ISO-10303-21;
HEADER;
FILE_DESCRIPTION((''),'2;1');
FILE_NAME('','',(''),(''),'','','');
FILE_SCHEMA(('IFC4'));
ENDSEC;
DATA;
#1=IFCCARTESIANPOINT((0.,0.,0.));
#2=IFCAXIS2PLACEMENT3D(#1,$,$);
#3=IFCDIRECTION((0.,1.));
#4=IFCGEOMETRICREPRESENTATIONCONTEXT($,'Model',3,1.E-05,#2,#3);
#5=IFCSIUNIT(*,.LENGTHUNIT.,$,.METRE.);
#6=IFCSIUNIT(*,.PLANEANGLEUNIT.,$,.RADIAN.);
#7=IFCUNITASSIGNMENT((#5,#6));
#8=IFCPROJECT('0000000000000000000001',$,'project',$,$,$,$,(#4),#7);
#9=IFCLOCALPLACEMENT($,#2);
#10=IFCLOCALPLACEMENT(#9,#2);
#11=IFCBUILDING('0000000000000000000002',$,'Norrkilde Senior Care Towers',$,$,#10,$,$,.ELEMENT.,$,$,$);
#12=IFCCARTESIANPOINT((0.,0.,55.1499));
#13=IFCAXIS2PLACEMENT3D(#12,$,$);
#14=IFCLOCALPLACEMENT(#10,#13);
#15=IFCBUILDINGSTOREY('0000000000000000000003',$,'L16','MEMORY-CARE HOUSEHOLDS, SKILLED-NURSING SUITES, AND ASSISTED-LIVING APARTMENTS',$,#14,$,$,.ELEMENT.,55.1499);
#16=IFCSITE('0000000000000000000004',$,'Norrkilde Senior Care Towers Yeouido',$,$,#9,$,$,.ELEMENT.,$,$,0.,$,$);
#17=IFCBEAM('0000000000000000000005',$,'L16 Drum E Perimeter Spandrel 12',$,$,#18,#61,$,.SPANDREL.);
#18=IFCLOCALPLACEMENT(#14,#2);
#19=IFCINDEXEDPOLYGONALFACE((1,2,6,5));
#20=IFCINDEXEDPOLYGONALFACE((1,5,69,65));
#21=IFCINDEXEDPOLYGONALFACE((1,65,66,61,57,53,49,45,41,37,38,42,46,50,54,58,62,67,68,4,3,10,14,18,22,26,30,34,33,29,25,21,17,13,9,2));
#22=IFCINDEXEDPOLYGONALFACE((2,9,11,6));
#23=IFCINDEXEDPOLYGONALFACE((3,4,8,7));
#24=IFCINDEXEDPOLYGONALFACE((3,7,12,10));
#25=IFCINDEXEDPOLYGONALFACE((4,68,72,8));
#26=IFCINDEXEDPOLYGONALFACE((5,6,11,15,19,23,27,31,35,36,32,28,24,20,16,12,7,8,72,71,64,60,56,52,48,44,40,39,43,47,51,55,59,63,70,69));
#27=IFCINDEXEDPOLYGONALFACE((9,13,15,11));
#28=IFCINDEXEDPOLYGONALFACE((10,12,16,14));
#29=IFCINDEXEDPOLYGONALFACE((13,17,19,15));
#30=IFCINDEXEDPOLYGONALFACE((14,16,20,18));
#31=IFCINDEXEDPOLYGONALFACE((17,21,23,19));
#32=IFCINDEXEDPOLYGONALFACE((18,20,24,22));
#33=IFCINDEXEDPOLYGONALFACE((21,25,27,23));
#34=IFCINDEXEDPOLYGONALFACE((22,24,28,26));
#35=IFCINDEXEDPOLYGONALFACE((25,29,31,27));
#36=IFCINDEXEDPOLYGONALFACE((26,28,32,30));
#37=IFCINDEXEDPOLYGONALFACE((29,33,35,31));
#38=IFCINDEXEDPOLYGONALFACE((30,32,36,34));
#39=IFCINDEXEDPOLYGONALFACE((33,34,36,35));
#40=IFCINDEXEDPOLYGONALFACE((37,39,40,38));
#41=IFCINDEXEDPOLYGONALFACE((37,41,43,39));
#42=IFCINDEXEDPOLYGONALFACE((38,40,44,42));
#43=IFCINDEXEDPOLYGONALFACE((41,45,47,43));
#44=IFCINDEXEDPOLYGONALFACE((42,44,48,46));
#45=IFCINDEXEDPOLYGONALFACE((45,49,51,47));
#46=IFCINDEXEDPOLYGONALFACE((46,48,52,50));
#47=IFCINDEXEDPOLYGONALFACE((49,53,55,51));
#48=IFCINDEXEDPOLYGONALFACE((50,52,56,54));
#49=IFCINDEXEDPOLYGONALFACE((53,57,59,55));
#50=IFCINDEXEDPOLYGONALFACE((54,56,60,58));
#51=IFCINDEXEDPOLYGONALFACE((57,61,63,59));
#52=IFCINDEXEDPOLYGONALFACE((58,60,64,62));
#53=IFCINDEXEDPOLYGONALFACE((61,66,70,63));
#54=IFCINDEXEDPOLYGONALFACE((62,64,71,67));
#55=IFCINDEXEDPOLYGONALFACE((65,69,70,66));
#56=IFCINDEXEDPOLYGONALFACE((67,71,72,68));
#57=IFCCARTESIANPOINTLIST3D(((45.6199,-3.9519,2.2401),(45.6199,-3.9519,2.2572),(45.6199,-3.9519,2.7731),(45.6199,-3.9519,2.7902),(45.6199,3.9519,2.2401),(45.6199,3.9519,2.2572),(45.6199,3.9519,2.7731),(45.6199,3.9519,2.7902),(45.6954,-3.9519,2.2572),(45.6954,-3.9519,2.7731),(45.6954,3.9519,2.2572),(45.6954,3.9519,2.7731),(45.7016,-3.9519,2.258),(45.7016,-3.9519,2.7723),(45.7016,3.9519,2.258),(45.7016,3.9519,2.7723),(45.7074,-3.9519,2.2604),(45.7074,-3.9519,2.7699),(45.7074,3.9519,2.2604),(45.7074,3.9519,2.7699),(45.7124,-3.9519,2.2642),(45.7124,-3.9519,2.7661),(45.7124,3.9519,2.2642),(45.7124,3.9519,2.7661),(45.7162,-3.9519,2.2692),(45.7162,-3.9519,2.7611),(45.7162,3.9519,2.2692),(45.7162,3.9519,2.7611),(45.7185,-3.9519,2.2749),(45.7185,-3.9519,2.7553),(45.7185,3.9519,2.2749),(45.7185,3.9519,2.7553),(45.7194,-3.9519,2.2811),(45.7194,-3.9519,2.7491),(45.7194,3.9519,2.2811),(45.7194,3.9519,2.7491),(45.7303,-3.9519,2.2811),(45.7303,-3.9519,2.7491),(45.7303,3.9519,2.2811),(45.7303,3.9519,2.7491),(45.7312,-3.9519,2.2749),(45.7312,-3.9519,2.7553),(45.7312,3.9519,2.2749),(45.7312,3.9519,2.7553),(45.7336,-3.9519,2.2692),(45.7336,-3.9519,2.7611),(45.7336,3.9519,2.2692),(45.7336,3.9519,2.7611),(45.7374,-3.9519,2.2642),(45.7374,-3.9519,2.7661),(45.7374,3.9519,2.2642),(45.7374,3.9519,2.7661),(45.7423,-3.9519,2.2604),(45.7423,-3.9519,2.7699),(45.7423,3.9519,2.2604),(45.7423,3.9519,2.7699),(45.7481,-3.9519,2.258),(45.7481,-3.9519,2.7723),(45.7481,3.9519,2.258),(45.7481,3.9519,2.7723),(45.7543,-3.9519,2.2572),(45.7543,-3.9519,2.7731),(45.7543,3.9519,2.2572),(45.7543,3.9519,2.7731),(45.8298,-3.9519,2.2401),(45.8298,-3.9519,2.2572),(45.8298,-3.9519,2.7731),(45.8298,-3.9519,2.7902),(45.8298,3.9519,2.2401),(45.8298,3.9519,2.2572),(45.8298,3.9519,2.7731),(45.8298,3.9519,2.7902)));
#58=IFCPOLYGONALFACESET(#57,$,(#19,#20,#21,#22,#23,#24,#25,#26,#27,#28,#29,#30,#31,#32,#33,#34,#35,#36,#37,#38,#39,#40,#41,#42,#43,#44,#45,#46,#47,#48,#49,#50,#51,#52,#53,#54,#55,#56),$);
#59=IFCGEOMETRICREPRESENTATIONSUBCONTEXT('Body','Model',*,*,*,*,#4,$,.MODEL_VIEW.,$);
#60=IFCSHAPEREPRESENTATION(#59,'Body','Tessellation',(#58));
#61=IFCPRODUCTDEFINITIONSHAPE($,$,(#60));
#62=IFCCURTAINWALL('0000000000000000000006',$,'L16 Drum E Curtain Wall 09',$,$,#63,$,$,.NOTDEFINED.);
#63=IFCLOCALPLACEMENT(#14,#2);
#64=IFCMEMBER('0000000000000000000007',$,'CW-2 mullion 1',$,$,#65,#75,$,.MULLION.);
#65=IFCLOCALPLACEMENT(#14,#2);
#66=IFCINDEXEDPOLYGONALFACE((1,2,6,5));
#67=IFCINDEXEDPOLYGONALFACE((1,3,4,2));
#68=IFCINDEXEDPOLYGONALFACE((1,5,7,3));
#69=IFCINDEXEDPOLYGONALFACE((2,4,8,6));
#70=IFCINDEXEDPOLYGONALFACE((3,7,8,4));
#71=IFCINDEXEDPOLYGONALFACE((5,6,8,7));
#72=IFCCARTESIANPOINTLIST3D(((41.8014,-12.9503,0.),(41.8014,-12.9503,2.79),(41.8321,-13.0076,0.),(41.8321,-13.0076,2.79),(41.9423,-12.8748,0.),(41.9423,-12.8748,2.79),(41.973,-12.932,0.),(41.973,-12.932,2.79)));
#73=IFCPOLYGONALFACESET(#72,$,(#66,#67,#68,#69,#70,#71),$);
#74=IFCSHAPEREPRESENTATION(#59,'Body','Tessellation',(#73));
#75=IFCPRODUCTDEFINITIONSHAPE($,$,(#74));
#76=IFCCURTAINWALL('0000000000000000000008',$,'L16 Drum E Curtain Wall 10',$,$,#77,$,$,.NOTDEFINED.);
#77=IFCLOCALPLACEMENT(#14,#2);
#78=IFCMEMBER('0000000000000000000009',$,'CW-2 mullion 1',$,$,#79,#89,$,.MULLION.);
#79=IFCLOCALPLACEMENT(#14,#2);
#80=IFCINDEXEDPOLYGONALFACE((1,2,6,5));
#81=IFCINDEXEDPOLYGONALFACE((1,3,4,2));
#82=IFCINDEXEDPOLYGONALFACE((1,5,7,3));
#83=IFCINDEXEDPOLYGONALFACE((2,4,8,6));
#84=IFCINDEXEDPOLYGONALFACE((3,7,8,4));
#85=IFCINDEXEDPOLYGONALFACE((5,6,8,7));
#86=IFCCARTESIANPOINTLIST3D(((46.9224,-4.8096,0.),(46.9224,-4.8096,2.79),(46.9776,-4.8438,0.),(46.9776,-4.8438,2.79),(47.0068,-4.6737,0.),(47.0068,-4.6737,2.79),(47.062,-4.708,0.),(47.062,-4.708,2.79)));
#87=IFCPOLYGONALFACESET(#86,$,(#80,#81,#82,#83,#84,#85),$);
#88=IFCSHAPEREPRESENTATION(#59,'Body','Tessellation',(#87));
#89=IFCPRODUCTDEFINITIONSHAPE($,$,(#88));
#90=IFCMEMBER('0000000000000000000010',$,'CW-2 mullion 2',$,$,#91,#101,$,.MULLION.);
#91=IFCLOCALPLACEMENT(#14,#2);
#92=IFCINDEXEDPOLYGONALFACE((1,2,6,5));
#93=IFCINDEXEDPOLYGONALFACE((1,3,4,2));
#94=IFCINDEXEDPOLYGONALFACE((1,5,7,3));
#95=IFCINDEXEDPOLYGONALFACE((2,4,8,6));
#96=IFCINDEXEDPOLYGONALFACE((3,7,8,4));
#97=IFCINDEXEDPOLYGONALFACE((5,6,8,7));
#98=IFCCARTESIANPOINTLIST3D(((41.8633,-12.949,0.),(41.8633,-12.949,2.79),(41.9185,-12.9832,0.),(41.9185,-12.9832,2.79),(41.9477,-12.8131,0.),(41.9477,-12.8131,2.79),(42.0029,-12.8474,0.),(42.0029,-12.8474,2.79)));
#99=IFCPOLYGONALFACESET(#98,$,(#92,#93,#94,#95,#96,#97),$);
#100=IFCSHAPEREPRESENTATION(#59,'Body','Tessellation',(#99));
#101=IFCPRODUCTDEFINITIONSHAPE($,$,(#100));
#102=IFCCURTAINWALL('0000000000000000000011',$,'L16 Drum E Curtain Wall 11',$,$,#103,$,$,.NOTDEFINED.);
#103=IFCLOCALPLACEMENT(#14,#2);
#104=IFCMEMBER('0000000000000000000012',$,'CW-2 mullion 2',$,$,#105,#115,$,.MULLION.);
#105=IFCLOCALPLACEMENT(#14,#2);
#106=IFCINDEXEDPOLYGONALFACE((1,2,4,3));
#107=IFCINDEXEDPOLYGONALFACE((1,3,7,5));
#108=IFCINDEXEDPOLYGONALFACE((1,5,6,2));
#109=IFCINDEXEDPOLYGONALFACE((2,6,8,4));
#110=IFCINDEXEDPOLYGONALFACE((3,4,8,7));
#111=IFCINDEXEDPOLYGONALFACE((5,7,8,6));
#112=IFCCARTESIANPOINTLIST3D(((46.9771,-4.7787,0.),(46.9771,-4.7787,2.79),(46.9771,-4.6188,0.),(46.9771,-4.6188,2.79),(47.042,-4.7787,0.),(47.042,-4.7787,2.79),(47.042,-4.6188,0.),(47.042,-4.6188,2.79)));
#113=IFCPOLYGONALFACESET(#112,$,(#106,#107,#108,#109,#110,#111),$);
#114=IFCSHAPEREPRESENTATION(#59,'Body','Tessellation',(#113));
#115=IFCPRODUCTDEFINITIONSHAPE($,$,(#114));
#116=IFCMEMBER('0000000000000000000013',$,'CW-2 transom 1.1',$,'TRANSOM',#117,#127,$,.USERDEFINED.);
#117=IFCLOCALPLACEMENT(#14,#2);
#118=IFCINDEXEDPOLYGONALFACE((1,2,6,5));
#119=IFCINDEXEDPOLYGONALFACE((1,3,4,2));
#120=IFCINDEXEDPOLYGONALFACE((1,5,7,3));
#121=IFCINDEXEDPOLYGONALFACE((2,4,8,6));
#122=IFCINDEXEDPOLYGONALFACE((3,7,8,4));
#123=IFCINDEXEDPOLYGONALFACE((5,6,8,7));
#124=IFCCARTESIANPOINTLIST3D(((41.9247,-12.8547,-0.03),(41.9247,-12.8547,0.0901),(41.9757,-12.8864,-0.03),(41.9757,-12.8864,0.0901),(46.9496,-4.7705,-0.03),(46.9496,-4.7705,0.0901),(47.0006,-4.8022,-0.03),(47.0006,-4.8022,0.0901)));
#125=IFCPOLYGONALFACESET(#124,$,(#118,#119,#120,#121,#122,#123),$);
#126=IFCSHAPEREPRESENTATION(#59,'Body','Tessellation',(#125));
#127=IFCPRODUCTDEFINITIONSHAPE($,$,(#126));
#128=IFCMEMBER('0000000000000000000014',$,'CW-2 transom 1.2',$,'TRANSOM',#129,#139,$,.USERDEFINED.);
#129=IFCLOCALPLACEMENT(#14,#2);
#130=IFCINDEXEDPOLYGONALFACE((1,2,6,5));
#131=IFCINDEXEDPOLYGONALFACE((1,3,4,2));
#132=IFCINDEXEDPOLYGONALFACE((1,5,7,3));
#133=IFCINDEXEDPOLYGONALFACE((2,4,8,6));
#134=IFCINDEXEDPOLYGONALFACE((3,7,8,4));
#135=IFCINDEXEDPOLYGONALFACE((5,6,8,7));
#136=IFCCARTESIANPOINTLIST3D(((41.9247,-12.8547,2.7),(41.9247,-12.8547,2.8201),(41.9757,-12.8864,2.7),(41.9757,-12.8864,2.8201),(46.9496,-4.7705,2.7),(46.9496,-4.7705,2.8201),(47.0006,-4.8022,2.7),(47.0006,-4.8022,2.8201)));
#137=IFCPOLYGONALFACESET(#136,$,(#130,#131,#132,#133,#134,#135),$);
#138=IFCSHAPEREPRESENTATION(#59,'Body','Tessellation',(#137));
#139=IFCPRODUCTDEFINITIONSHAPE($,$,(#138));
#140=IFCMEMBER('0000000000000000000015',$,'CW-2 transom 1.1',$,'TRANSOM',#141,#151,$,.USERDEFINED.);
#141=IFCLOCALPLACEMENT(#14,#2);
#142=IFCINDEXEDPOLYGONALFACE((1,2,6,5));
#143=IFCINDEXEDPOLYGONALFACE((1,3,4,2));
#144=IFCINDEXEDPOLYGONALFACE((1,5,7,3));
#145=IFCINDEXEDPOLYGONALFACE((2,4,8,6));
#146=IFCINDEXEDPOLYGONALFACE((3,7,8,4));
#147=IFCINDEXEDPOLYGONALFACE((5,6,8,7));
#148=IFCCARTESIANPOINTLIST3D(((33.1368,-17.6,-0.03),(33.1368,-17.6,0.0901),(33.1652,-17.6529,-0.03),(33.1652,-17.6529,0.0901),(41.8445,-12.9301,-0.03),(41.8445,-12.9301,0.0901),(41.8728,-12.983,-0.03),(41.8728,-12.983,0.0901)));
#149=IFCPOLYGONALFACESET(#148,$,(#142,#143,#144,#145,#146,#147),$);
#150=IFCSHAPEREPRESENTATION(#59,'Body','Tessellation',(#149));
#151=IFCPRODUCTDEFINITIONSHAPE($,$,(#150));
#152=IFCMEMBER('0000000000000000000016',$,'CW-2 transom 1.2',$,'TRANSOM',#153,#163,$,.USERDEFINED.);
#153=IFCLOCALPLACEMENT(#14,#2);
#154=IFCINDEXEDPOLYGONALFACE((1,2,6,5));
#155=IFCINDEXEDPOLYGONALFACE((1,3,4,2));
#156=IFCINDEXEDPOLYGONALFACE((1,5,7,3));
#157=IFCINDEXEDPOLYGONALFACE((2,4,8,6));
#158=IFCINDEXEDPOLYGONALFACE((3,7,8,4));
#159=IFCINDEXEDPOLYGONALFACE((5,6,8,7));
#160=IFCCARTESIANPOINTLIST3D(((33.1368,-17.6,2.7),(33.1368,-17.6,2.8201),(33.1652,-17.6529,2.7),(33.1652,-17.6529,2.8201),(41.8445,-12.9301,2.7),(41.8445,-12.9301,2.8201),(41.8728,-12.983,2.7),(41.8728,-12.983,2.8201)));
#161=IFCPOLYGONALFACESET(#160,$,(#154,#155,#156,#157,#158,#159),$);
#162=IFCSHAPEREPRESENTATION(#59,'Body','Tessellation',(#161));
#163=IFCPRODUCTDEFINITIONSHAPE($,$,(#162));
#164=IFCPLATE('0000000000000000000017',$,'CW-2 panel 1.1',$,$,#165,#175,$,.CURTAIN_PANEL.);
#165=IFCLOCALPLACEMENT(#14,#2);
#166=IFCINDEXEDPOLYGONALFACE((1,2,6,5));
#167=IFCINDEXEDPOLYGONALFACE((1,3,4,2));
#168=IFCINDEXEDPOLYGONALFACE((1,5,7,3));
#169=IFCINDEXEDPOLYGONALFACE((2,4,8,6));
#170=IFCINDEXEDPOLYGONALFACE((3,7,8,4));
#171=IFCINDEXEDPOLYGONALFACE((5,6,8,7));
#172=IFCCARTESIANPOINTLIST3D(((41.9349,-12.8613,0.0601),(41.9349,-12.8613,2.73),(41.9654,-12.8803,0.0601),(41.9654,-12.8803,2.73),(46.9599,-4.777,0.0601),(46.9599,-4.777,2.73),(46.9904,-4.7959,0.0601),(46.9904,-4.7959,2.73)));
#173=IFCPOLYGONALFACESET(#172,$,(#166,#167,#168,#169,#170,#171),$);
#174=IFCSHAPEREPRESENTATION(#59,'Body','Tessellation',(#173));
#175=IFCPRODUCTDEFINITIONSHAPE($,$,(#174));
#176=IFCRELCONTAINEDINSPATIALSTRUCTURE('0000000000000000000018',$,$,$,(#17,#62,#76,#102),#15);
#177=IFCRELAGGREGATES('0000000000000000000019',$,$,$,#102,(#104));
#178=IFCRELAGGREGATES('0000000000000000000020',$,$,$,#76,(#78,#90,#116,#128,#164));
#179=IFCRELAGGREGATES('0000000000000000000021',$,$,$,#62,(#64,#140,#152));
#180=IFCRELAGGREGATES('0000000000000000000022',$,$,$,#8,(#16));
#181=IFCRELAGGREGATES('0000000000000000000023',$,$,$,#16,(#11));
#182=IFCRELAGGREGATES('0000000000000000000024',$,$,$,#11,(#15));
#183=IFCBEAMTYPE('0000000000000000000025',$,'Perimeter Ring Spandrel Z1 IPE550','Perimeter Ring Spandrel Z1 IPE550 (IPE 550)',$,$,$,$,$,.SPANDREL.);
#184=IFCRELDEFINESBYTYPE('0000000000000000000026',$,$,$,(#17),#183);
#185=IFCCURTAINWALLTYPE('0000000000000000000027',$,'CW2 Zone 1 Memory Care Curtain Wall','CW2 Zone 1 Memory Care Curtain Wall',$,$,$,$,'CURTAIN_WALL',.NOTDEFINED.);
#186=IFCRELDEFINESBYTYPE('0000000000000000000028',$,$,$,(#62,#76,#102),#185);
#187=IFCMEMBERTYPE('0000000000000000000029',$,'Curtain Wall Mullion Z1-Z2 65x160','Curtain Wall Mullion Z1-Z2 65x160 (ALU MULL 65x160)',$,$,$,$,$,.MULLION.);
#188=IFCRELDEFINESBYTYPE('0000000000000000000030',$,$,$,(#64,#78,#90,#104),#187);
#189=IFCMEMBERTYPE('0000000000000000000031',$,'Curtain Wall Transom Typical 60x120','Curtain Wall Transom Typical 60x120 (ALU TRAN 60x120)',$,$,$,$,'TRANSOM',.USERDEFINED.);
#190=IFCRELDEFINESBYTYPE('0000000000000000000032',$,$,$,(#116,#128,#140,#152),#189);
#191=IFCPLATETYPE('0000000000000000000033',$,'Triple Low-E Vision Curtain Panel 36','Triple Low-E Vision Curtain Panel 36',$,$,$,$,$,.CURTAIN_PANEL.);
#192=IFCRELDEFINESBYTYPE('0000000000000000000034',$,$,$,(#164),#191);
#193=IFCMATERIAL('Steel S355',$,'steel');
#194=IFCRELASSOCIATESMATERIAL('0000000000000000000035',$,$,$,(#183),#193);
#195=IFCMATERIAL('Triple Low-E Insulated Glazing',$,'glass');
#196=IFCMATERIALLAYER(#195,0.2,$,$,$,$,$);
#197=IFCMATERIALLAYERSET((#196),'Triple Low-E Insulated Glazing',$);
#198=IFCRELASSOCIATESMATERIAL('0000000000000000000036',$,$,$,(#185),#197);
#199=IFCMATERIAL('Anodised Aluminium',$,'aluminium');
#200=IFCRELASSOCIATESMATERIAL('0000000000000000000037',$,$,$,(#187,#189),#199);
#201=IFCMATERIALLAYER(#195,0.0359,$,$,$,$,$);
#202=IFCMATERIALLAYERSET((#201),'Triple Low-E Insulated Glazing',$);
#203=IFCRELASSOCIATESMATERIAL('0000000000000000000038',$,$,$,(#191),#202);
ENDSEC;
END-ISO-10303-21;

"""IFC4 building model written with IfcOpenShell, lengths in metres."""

from ifc_helpers import new_model, si_unit, direction, frame, origin, origin_2d, place, context, subcontext, project, spatial, rectangle, i_section, extrude, source, transform, mapped, material, layer, layer_set, material_profile, profile_set, type_object, type_shapes, element, aggregate, save


model = new_model("IFC4")

# Units and contexts
model_context = context("Model", 3, precision=1e-05, world=origin(), true_north=direction((0.0, 1.0)))
body_context = subcontext(model_context, "Body", "Model", "MODEL_VIEW")
ifc_project = project(units=[si_unit("LENGTHUNIT", "METRE"), si_unit("PLANEANGLEUNIT", "RADIAN")], contexts=[model_context])

# Site, building, storey
site_placement = place(None, origin())
site = spatial("IfcSite", under=ifc_project, at=site_placement, Name="Norrkilde Senior Care Towers Yeouido", CompositionType="ELEMENT", RefElevation=0.0)
building_placement = place(site_placement, origin())
building = spatial("IfcBuilding", under=site, at=building_placement, Name="Norrkilde Senior Care Towers", CompositionType="ELEMENT")
storey_placement = place(building_placement, frame((0.0, 0.0, 55.1499)))
storey = spatial("IfcBuildingStorey", under=building, at=storey_placement, Name="L16", Description="MEMORY-CARE HOUSEHOLDS, SKILLED-NURSING SUITES, AND ASSISTED-LIVING APARTMENTS", CompositionType="ELEMENT", Elevation=55.1499)

# Beam
ifc_material_1 = material(Name="Steel S355", Category="steel")
ifc_material_profile_1 = material_profile(ifc_material_1, i_section(OverallWidth=0.21, OverallDepth=0.55, WebThickness=0.011, FlangeThickness=0.0171, FilletRadius=0.0239, at=origin_2d()), Name="IPE 550")
ifc_profile_set_1 = profile_set([ifc_material_profile_1], Name="Steel S355")
beam_type_1 = type_object("IfcBeamType", Name="Perimeter Ring Spandrel Z1 IPE550", Description="Perimeter Ring Spandrel Z1 IPE550 (IPE 550)", PredefinedType="SPANDREL", material=ifc_profile_set_1)
shared_shape_1 = source(origin(), body_context, "Body", "SweptSolid", [
    extrude(i_section(OverallWidth=0.21, OverallDepth=0.55, WebThickness=0.011, FlangeThickness=0.0171, FilletRadius=0.0239, at=origin_2d()), origin(), (0.0, 0.0, 1.0), 7.9038),
])
beam_1_placement = place(storey_placement, frame((45.7249, -3.9519, 2.5151), z_axis=(0.0, 1.0, 0.0), x_axis=(-1.0, 0.0, 0.0)))
element("IfcBeam", 1, at=beam_1_placement, inside=storey, type_object=beam_type_1, Name="L16 Drum E Perimeter Spandrel 12", PredefinedType="SPANDREL", context=body_context, shape_type="MappedRepresentation", body=[
    mapped(shared_shape_1, transform((0.0, 0.0, 0.0), x_axis=(1.0, 0.0, 0.0), y_axis=(0.0, 1.0, 0.0), z_axis=(0.0, 0.0, 1.0), scale=1.0)),
])

# Curtain wall, member
ifc_material_2 = material(Name="Triple Low-E Insulated Glazing", Category="glass")
ifc_layer_1 = layer(ifc_material_2, 0.2)
ifc_layer_set_1 = layer_set([ifc_layer_1], Name="Triple Low-E Insulated Glazing")
curtain_wall_type = type_object("IfcCurtainWallType", Name="CW2 Zone 1 Memory Care Curtain Wall", Description="CW2 Zone 1 Memory Care Curtain Wall", ElementType="CURTAIN_WALL", PredefinedType="NOTDEFINED", material=ifc_layer_set_1)
curtain_wall_1_placement = place(storey_placement, origin())
curtain_wall_1 = element("IfcCurtainWall", 2, at=curtain_wall_1_placement, inside=storey, type_object=curtain_wall_type, Name="L16 Drum E Curtain Wall 09", PredefinedType="NOTDEFINED")
ifc_material_3 = material(Name="Anodised Aluminium", Category="aluminium")
ifc_material_profile_2 = material_profile(ifc_material_3, rectangle(XDim=0.0649, YDim=0.1599, at=origin_2d()), Name="ALU MULL 65x160")
ifc_profile_set_2 = profile_set([ifc_material_profile_2], Name="Anodised Aluminium")
member_type_1 = type_object("IfcMemberType", Name="Curtain Wall Mullion Z1-Z2 65x160", Description="Curtain Wall Mullion Z1-Z2 65x160 (ALU MULL 65x160)", PredefinedType="MULLION", material=ifc_profile_set_2)
shared_shape_2 = source(origin(), body_context, "Body", "SweptSolid", [
    extrude(rectangle(XDim=0.0649, YDim=0.1599, at=origin_2d()), origin(), (0.0, 0.0, 1.0), 2.79),
])
type_shapes(member_type_1, [shared_shape_2])
member_1_placement = place(storey_placement, frame((41.8872, -12.9412, 0.0), z_axis=(0.0, 0.0, 1.0), x_axis=(0.472608, -0.881273, 0.0)))
member_1 = element("IfcMember", 3, at=member_1_placement, type_object=member_type_1, Name="CW-2 mullion 1", PredefinedType="MULLION", context=body_context, shape_type="MappedRepresentation", body=[
    mapped(shared_shape_2, transform((0.0, 0.0, 0.0), x_axis=(1.0, 0.0, 0.0), y_axis=(0.0, 1.0, 0.0), z_axis=(0.0, 0.0, 1.0), scale=1.0)),
])

# Curtain wall, members
curtain_wall_2_placement = place(storey_placement, origin())
curtain_wall_2 = element("IfcCurtainWall", 4, at=curtain_wall_2_placement, inside=storey, type_object=curtain_wall_type, Name="L16 Drum E Curtain Wall 10", PredefinedType="NOTDEFINED")
member_2_placement = place(storey_placement, frame((46.9922, -4.7588, 0.0), z_axis=(0.0, 0.0, 1.0), x_axis=(0.849306, -0.527901, 0.0)))
member_2 = element("IfcMember", 5, at=member_2_placement, type_object=member_type_1, Name="CW-2 mullion 1", PredefinedType="MULLION", context=body_context, shape_type="MappedRepresentation", body=[
    mapped(shared_shape_2, transform((0.0, 0.0, 0.0), x_axis=(1.0, 0.0, 0.0), y_axis=(0.0, 1.0, 0.0), z_axis=(0.0, 0.0, 1.0), scale=1.0)),
])
member_3_placement = place(storey_placement, frame((41.9331, -12.8982, 0.0), z_axis=(0.0, 0.0, 1.0), x_axis=(0.849306, -0.527901, 0.0)))
member_3 = element("IfcMember", 6, at=member_3_placement, type_object=member_type_1, Name="CW-2 mullion 2", PredefinedType="MULLION", context=body_context, shape_type="MappedRepresentation", body=[
    mapped(shared_shape_2, transform((0.0, 0.0, 0.0), x_axis=(1.0, 0.0, 0.0), y_axis=(0.0, 1.0, 0.0), z_axis=(0.0, 0.0, 1.0), scale=1.0)),
])

# Curtain wall, member
curtain_wall_3_placement = place(storey_placement, origin())
curtain_wall_3 = element("IfcCurtainWall", 7, at=curtain_wall_3_placement, inside=storey, type_object=curtain_wall_type, Name="L16 Drum E Curtain Wall 11", PredefinedType="NOTDEFINED")
member_4_placement = place(storey_placement, frame((47.0095, -4.6987, 0.0), z_axis=(0.0, 0.0, 1.0), x_axis=(1.0, 0.0, 0.0)))
member_4 = element("IfcMember", 8, at=member_4_placement, type_object=member_type_1, Name="CW-2 mullion 2", PredefinedType="MULLION", context=body_context, shape_type="MappedRepresentation", body=[
    mapped(shared_shape_2, transform((0.0, 0.0, 0.0), x_axis=(1.0, 0.0, 0.0), y_axis=(0.0, 1.0, 0.0), z_axis=(0.0, 0.0, 1.0), scale=1.0)),
])
aggregate(curtain_wall_3, [member_4])

# Members
ifc_material_profile_3 = material_profile(ifc_material_3, rectangle(XDim=0.0601, YDim=0.1201, at=origin_2d()), Name="ALU TRAN 60x120")
ifc_profile_set_3 = profile_set([ifc_material_profile_3], Name="Anodised Aluminium")
member_type_2 = type_object("IfcMemberType", Name="Curtain Wall Transom Typical 60x120", Description="Curtain Wall Transom Typical 60x120 (ALU TRAN 60x120)", ElementType="TRANSOM", PredefinedType="USERDEFINED", material=ifc_profile_set_3)
shared_shape_3 = source(origin(), body_context, "Body", "SweptSolid", [
    extrude(rectangle(XDim=0.0601, YDim=0.1201, at=origin_2d()), origin(), (0.0, 0.0, 1.0), 9.5186),
])
member_5_placement = place(storey_placement, frame((46.9751, -4.7864, 0.03), z_axis=(-0.527902, -0.849306, 0.0), x_axis=(0.849306, -0.527902, 0.0)))
member_5 = element("IfcMember", 9, at=member_5_placement, type_object=member_type_2, Name="CW-2 transom 1.1", ObjectType="TRANSOM", PredefinedType="USERDEFINED", context=body_context, shape_type="MappedRepresentation", body=[
    mapped(shared_shape_3, transform((0.0, 0.0, 0.0), x_axis=(1.0, 0.0, 0.0), y_axis=(0.0, 1.0, 0.0), z_axis=(0.0, 0.0, 1.0), scale=1.0)),
])
member_6_placement = place(storey_placement, frame((46.9751, -4.7864, 2.76), z_axis=(-0.527902, -0.849306, 0.0), x_axis=(0.849306, -0.527902, 0.0)))
member_6 = element("IfcMember", 10, at=member_6_placement, type_object=member_type_2, Name="CW-2 transom 1.2", ObjectType="TRANSOM", PredefinedType="USERDEFINED", context=body_context, shape_type="MappedRepresentation", body=[
    mapped(shared_shape_3, transform((0.0, 0.0, 0.0), x_axis=(1.0, 0.0, 0.0), y_axis=(0.0, 1.0, 0.0), z_axis=(0.0, 0.0, 1.0), scale=1.0)),
])
shared_shape_4 = source(origin(), body_context, "Body", "SweptSolid", [
    extrude(rectangle(XDim=0.0601, YDim=0.1201, at=origin_2d()), origin(), (0.0, 0.0, 1.0), 9.8809),
])
type_shapes(member_type_2, [shared_shape_3, shared_shape_4])
member_7_placement = place(storey_placement, frame((41.8586, -12.9565, 0.03), z_axis=(-0.881267, -0.472618, 0.0), x_axis=(0.472618, -0.881267, 0.0)))
member_7 = element("IfcMember", 11, at=member_7_placement, type_object=member_type_2, Name="CW-2 transom 1.1", ObjectType="TRANSOM", PredefinedType="USERDEFINED", context=body_context, shape_type="MappedRepresentation", body=[
    mapped(shared_shape_4, transform((0.0, 0.0, 0.0), x_axis=(1.0, 0.0, 0.0), y_axis=(0.0, 1.0, 0.0), z_axis=(0.0, 0.0, 1.0), scale=1.0)),
])
member_8_placement = place(storey_placement, frame((41.8586, -12.9565, 2.76), z_axis=(-0.881267, -0.472618, 0.0), x_axis=(0.472618, -0.881267, 0.0)))
member_8 = element("IfcMember", 12, at=member_8_placement, type_object=member_type_2, Name="CW-2 transom 1.2", ObjectType="TRANSOM", PredefinedType="USERDEFINED", context=body_context, shape_type="MappedRepresentation", body=[
    mapped(shared_shape_4, transform((0.0, 0.0, 0.0), x_axis=(1.0, 0.0, 0.0), y_axis=(0.0, 1.0, 0.0), z_axis=(0.0, 0.0, 1.0), scale=1.0)),
])

# Plate
ifc_layer_2 = layer(ifc_material_2, 0.0359)
ifc_layer_set_2 = layer_set([ifc_layer_2], Name="Triple Low-E Insulated Glazing")
plate_type = type_object("IfcPlateType", Name="Triple Low-E Vision Curtain Panel 36", Description="Triple Low-E Vision Curtain Panel 36", PredefinedType="CURTAIN_PANEL", material=ifc_layer_set_2)
shared_shape_5 = source(origin(), body_context, "Body", "SweptSolid", [
    extrude(rectangle(XDim=9.5188, YDim=0.0359, at=origin_2d()), origin(), (0.0, 0.0, 1.0), 2.6699),
])
plate_1_placement = place(storey_placement, frame((44.4626, -8.8286, 0.0601), z_axis=(0.0, 0.0, 1.0), x_axis=(-0.527901, -0.849306, 0.0)))
plate_1 = element("IfcPlate", 13, at=plate_1_placement, type_object=plate_type, Name="CW-2 panel 1.1", PredefinedType="CURTAIN_PANEL", context=body_context, shape_type="MappedRepresentation", body=[
    mapped(shared_shape_5, transform((0.0, 0.0, 0.0), x_axis=(1.0, 0.0, 0.0), y_axis=(0.0, 1.0, 0.0), z_axis=(0.0, 0.0, 1.0), scale=1.0)),
])
aggregate(curtain_wall_2, [member_2, member_3, member_5, member_6, plate_1])
aggregate(curtain_wall_1, [member_1, member_7, member_8])

save(model, "model.ifc")
